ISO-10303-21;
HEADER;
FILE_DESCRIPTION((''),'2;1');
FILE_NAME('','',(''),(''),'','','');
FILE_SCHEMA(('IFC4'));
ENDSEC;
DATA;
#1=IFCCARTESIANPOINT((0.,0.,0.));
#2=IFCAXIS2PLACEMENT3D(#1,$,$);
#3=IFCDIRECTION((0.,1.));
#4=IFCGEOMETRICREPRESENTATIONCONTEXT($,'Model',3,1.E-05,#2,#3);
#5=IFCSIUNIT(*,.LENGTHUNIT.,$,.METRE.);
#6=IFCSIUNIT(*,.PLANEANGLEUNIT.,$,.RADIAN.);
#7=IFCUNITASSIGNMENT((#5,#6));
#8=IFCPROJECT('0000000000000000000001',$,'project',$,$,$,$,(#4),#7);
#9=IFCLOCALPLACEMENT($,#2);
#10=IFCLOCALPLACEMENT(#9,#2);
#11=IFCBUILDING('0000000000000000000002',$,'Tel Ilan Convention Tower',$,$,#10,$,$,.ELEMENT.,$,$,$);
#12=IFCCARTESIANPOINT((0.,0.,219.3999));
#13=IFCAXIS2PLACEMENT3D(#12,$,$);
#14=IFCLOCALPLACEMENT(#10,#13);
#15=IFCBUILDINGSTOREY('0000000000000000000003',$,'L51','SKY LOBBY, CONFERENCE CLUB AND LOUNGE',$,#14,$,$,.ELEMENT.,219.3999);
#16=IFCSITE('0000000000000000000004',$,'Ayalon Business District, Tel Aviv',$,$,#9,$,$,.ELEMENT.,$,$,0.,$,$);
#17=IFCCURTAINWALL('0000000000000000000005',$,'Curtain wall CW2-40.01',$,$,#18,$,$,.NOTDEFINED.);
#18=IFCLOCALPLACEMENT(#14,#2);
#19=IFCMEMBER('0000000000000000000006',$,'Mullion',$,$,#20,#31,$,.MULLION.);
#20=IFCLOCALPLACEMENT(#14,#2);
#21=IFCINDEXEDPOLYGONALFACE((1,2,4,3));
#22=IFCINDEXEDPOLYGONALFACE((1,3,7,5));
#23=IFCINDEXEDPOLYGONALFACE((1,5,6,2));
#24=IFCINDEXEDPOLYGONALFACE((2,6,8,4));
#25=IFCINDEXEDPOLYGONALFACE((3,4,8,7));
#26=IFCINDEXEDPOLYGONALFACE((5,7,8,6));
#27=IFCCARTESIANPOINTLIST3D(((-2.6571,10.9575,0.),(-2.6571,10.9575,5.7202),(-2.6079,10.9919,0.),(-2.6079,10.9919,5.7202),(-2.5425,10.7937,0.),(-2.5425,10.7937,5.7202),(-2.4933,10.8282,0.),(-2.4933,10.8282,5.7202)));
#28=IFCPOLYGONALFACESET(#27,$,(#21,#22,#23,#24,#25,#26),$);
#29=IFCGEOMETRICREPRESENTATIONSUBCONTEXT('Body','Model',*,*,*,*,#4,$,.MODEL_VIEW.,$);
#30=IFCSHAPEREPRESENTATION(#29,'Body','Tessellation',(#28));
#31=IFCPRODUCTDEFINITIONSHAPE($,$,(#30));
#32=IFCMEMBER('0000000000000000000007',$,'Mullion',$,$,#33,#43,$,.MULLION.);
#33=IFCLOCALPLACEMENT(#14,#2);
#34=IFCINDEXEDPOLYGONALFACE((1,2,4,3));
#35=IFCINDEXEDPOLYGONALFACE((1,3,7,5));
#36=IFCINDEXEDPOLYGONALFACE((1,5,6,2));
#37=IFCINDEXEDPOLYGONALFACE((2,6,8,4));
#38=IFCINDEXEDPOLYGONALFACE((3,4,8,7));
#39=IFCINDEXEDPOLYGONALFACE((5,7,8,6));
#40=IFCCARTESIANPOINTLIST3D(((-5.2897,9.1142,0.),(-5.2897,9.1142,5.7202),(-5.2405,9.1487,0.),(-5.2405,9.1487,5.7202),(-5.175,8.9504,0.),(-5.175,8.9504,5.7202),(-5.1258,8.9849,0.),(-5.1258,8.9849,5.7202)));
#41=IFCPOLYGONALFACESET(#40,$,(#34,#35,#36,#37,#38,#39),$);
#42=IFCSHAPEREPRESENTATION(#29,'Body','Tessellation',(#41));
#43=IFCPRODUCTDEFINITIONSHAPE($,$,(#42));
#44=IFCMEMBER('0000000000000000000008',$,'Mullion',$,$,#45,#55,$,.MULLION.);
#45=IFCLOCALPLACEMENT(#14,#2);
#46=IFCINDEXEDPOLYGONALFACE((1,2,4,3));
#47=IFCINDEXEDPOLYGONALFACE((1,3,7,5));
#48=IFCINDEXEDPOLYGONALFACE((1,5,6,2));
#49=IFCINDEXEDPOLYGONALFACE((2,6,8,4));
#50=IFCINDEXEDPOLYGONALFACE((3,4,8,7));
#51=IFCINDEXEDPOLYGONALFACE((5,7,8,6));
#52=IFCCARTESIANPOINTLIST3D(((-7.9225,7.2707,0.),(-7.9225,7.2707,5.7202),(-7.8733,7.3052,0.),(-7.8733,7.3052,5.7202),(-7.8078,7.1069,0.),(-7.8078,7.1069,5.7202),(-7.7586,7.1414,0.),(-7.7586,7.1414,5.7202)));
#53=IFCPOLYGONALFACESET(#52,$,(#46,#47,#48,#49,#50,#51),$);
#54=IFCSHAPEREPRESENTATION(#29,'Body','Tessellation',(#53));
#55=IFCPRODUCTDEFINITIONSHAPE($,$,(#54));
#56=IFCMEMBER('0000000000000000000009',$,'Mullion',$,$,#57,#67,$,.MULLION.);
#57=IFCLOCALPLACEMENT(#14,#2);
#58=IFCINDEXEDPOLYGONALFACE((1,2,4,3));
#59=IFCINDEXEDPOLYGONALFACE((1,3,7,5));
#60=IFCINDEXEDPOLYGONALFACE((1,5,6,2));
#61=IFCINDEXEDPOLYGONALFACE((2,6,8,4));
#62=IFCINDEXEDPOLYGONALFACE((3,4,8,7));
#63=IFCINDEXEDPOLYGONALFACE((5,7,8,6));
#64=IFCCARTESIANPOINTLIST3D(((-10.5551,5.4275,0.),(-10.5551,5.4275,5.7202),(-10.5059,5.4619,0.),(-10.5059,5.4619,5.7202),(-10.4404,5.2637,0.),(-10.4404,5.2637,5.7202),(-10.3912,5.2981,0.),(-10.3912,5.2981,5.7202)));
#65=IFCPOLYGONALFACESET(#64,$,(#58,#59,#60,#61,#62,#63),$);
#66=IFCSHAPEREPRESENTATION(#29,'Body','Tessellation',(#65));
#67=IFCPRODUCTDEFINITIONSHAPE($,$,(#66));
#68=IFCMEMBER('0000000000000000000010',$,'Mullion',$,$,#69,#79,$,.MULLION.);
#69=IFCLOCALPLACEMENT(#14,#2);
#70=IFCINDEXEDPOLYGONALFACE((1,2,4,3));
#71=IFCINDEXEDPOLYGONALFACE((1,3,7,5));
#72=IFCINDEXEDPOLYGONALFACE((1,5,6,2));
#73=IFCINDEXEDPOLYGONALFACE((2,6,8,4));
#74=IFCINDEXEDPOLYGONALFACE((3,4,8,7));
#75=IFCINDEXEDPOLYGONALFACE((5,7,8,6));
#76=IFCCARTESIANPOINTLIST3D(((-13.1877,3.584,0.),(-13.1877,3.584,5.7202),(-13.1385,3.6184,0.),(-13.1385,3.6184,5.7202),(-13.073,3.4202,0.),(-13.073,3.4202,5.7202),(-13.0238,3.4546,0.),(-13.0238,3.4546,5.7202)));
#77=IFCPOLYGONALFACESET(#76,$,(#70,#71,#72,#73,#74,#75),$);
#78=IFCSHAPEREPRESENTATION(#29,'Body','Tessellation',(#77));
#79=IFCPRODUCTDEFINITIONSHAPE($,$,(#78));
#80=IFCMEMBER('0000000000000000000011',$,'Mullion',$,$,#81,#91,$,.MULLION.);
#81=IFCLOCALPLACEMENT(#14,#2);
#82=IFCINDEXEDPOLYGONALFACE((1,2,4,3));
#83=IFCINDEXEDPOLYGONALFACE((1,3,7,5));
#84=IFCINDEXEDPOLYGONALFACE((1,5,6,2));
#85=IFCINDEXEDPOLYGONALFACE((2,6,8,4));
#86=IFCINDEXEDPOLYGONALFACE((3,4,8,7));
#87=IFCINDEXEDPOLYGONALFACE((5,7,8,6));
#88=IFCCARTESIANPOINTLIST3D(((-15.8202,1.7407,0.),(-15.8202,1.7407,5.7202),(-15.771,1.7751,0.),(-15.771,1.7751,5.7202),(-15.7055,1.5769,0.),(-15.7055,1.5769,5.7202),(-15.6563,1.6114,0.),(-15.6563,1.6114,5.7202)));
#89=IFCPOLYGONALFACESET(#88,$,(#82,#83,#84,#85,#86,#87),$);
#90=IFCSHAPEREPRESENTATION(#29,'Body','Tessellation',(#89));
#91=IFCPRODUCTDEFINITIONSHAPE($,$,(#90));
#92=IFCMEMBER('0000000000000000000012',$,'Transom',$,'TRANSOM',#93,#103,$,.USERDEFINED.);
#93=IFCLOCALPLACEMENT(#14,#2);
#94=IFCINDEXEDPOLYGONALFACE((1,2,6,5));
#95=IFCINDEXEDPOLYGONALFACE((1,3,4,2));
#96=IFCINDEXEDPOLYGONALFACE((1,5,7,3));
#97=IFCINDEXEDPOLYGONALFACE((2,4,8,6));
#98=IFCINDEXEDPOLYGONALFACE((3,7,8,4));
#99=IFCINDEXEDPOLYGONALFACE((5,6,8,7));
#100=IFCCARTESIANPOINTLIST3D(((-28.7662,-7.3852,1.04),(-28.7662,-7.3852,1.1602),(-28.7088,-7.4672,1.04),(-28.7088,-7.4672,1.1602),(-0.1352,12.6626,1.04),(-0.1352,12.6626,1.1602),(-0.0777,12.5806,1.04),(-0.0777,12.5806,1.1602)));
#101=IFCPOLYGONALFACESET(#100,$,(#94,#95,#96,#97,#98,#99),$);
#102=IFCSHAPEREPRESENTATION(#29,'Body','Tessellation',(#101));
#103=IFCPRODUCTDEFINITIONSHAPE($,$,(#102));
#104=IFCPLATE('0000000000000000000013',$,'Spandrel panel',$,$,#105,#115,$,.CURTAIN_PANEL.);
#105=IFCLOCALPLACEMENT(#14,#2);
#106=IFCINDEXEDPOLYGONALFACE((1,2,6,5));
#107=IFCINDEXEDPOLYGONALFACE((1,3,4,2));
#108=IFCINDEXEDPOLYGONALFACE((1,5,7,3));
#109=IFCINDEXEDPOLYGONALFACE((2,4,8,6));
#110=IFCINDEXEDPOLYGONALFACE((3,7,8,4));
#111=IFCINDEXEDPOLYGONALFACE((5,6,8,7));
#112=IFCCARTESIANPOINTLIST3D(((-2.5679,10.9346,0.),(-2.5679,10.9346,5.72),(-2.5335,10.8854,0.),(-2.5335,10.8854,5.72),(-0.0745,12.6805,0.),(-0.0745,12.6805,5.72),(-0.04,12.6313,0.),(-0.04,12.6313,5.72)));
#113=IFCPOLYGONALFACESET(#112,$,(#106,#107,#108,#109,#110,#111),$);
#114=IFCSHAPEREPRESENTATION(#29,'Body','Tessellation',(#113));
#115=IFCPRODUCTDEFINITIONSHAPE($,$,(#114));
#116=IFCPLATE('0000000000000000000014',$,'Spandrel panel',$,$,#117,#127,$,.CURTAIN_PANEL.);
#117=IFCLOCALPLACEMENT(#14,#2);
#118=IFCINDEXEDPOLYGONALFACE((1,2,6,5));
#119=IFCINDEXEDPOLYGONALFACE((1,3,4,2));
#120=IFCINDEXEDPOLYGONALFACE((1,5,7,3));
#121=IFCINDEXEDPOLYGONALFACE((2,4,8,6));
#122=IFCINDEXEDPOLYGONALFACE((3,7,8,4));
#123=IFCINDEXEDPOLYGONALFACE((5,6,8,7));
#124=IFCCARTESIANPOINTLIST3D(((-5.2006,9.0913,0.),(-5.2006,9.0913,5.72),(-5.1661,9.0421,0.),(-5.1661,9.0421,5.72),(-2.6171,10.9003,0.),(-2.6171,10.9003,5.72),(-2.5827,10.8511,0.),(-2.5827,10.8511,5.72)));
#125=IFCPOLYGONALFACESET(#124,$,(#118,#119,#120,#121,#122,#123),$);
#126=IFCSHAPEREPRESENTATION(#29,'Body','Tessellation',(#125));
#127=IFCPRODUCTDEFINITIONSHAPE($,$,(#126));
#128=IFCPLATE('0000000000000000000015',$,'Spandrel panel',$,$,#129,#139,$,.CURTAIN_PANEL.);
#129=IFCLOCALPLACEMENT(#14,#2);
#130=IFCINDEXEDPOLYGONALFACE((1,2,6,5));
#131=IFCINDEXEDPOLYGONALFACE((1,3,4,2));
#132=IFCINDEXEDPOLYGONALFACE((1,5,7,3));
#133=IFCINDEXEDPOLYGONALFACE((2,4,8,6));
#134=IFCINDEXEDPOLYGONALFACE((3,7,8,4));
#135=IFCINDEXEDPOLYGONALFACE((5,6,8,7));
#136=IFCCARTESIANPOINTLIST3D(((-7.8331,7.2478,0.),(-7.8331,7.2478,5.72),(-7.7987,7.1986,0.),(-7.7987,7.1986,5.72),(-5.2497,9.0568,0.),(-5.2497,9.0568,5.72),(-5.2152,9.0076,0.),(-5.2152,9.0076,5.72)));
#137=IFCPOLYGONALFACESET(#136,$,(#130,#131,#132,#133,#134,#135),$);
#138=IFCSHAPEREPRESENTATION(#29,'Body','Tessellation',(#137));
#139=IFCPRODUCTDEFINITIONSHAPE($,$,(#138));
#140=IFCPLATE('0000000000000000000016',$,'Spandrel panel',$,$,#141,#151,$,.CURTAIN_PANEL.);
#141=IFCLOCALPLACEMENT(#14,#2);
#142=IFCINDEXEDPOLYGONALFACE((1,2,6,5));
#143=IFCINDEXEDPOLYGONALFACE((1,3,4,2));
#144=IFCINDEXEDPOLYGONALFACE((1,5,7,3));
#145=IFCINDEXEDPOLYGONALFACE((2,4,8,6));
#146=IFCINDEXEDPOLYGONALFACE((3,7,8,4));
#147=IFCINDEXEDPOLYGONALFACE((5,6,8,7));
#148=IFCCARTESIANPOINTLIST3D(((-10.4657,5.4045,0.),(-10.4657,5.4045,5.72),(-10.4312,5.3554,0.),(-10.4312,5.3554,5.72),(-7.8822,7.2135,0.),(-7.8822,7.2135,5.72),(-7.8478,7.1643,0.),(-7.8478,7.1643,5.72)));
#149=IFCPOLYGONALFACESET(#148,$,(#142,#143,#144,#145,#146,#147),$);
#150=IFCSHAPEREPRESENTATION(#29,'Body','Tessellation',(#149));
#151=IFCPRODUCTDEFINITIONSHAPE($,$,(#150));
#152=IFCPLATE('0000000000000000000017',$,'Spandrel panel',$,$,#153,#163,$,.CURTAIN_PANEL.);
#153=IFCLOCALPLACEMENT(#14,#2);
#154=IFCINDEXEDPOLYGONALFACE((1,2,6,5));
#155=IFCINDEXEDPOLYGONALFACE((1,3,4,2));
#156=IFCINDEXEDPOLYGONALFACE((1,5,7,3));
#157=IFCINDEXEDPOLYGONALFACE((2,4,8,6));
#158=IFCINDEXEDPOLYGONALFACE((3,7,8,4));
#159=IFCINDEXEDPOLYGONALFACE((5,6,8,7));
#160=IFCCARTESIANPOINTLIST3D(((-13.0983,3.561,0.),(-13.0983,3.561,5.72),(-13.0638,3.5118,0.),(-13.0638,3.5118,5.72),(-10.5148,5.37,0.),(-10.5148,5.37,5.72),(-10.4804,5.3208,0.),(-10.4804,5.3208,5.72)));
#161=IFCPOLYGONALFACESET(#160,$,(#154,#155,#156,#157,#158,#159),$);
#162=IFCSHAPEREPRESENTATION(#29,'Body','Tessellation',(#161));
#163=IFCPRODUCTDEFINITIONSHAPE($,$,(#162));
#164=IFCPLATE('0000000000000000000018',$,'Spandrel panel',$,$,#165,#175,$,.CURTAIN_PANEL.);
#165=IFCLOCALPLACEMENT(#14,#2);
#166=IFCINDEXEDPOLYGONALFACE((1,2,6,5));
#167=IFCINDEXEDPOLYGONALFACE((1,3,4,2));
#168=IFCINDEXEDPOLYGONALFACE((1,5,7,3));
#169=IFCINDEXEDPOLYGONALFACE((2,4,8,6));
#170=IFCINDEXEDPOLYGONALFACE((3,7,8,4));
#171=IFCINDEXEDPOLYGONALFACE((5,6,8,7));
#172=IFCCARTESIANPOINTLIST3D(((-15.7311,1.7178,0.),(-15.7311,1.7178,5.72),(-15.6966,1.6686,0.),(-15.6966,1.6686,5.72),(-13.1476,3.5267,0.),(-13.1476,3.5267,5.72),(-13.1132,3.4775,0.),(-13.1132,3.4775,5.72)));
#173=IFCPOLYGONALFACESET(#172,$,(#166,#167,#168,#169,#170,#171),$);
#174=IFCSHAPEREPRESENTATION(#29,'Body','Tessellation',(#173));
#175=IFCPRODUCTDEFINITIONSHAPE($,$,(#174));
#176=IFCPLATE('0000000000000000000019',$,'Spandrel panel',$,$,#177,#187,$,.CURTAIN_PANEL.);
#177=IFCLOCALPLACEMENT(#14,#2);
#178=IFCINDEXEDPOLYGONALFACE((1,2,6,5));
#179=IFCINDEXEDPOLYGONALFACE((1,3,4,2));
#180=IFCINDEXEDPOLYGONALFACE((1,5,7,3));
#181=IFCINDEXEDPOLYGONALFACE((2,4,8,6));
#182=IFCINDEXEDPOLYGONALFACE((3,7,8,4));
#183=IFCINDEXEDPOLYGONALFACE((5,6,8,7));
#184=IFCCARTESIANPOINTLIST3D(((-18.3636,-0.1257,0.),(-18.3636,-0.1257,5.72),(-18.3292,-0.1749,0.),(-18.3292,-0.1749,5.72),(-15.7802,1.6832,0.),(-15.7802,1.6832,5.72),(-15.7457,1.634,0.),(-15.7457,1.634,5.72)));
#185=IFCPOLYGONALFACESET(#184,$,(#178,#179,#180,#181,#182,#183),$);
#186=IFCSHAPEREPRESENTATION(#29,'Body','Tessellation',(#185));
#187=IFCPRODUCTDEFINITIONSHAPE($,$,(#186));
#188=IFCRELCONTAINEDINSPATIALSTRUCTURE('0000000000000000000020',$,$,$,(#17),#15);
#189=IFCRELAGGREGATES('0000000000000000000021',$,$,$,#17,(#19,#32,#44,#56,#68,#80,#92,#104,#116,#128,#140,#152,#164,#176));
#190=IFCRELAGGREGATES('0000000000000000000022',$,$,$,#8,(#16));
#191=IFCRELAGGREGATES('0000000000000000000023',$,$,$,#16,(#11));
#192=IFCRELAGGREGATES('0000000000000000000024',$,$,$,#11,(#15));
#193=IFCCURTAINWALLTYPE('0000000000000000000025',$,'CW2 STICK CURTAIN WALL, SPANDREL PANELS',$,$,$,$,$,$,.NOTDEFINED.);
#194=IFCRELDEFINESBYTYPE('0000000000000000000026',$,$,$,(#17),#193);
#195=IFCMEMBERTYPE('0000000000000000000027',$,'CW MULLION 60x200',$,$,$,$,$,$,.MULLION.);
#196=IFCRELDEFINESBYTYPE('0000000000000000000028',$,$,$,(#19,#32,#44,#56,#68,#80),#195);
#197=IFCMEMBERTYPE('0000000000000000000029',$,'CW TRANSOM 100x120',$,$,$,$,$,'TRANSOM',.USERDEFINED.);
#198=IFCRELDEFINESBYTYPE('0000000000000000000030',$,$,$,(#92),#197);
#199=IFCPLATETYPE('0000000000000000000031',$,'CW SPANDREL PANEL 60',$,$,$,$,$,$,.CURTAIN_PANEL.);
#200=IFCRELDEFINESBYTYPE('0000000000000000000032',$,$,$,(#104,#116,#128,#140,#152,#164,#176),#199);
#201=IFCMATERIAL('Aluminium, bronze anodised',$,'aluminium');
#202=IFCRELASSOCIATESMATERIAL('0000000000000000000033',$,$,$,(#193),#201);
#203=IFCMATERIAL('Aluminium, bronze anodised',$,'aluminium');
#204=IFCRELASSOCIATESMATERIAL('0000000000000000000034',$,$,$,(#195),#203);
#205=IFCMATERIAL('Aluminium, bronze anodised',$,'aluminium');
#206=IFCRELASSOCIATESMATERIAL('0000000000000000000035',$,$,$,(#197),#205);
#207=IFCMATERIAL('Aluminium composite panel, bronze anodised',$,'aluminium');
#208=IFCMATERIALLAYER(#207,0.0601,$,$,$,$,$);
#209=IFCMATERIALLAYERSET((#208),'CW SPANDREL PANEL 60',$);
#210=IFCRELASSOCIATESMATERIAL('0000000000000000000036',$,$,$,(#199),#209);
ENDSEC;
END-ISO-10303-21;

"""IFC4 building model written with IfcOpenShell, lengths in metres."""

from ifc_helpers import new_model, si_unit, direction, frame, origin, origin_2d, place, context, subcontext, project, spatial, rectangle, extrude, material, layer, layer_set, material_profile, profile_set, type_object, element, aggregate, save


model = new_model("IFC4")

# Units and contexts
model_context = context("Model", 3, precision=1e-05, world=origin(), true_north=direction((0.0, 1.0)))
body_context = subcontext(model_context, "Body", "Model", "MODEL_VIEW")
ifc_project = project(units=[si_unit("LENGTHUNIT", "METRE"), si_unit("PLANEANGLEUNIT", "RADIAN")], contexts=[model_context])

# Site, building, storey
site_placement = place(None, origin())
site = spatial("IfcSite", under=ifc_project, at=site_placement, Name="Ayalon Business District, Tel Aviv", CompositionType="ELEMENT", RefElevation=0.0)
building_placement = place(site_placement, origin())
building = spatial("IfcBuilding", under=site, at=building_placement, Name="Tel Ilan Convention Tower", CompositionType="ELEMENT")
storey_placement = place(building_placement, frame((0.0, 0.0, 219.3999)))
storey = spatial("IfcBuildingStorey", under=building, at=storey_placement, Name="L51", Description="SKY LOBBY, CONFERENCE CLUB AND LOUNGE", CompositionType="ELEMENT", Elevation=219.3999)

# Curtain wall, members, plates
ifc_material_1 = material(Name="Aluminium, bronze anodised", Category="aluminium")
curtain_wall_type = type_object("IfcCurtainWallType", Name="CW2 STICK CURTAIN WALL, SPANDREL PANELS", PredefinedType="NOTDEFINED", material=ifc_material_1)
curtain_wall_placement = place(storey_placement, origin())
curtain_wall = element("IfcCurtainWall", 1, at=curtain_wall_placement, inside=storey, type_object=curtain_wall_type, Name="Curtain wall CW2-40.01", PredefinedType="NOTDEFINED")
ifc_material_2 = material(Name="Aluminium, bronze anodised", Category="aluminium")
ifc_material_profile_1 = material_profile(ifc_material_2, rectangle(XDim=0.0601, YDim=0.2, at=origin_2d()), Name="CW MULLION 60x200")
ifc_profile_set_1 = profile_set([ifc_material_profile_1], Name="Aluminium, bronze anodised")
member_type_1 = type_object("IfcMemberType", Name="CW MULLION 60x200", PredefinedType="MULLION", material=ifc_profile_set_1)
member_1_placement = place(storey_placement, frame((-2.5752, 10.8928, 0.0), z_axis=(0.0, 0.0, 1.0), x_axis=(-0.819152, -0.573576, 0.0)))
member_1 = element("IfcMember", 2, at=member_1_placement, type_object=member_type_1, Name="Mullion", PredefinedType="MULLION", context=body_context, shape_type="SweptSolid", body=[
    extrude(rectangle(XDim=0.0601, YDim=0.2, at=origin_2d()), origin(), (0.0, 0.0, 1.0), 5.7202),
])
member_2_placement = place(storey_placement, frame((-5.2078, 9.0496, 0.0), z_axis=(0.0, 0.0, 1.0), x_axis=(-0.819152, -0.573576, 0.0)))
member_2 = element("IfcMember", 3, at=member_2_placement, type_object=member_type_1, Name="Mullion", PredefinedType="MULLION", context=body_context, shape_type="SweptSolid", body=[
    extrude(rectangle(XDim=0.0601, YDim=0.2, at=origin_2d()), origin(), (0.0, 0.0, 1.0), 5.7202),
])
member_3_placement = place(storey_placement, frame((-7.8406, 7.2061, 0.0), z_axis=(0.0, 0.0, 1.0), x_axis=(-0.819152, -0.573576, 0.0)))
member_3 = element("IfcMember", 4, at=member_3_placement, type_object=member_type_1, Name="Mullion", PredefinedType="MULLION", context=body_context, shape_type="SweptSolid", body=[
    extrude(rectangle(XDim=0.0601, YDim=0.2, at=origin_2d()), origin(), (0.0, 0.0, 1.0), 5.7202),
])
member_4_placement = place(storey_placement, frame((-10.4731, 5.3628, 0.0), z_axis=(0.0, 0.0, 1.0), x_axis=(-0.819152, -0.573576, 0.0)))
member_4 = element("IfcMember", 5, at=member_4_placement, type_object=member_type_1, Name="Mullion", PredefinedType="MULLION", context=body_context, shape_type="SweptSolid", body=[
    extrude(rectangle(XDim=0.0601, YDim=0.2, at=origin_2d()), origin(), (0.0, 0.0, 1.0), 5.7202),
])
member_5_placement = place(storey_placement, frame((-13.1057, 3.5193, 0.0), z_axis=(0.0, 0.0, 1.0), x_axis=(-0.819152, -0.573576, 0.0)))
member_5 = element("IfcMember", 6, at=member_5_placement, type_object=member_type_1, Name="Mullion", PredefinedType="MULLION", context=body_context, shape_type="SweptSolid", body=[
    extrude(rectangle(XDim=0.0601, YDim=0.2, at=origin_2d()), origin(), (0.0, 0.0, 1.0), 5.7202),
])
member_6_placement = place(storey_placement, frame((-15.7383, 1.676, 0.0), z_axis=(0.0, 0.0, 1.0), x_axis=(-0.819152, -0.573576, 0.0)))
member_6 = element("IfcMember", 7, at=member_6_placement, type_object=member_type_1, Name="Mullion", PredefinedType="MULLION", context=body_context, shape_type="SweptSolid", body=[
    extrude(rectangle(XDim=0.0601, YDim=0.2, at=origin_2d()), origin(), (0.0, 0.0, 1.0), 5.7202),
])
ifc_material_3 = material(Name="Aluminium, bronze anodised", Category="aluminium")
ifc_material_profile_2 = material_profile(ifc_material_3, rectangle(XDim=0.1001, YDim=0.1201, at=origin_2d()), Name="CW TRANSOM 100x120")
ifc_profile_set_2 = profile_set([ifc_material_profile_2], Name="Aluminium, bronze anodised")
member_type_2 = type_object("IfcMemberType", Name="CW TRANSOM 100x120", ElementType="TRANSOM", PredefinedType="USERDEFINED", material=ifc_profile_set_2)
member_7_placement = place(storey_placement, frame((-0.1064, 12.6216, 1.1001), z_axis=(-0.81915, -0.573579, 0.0), x_axis=(0.573579, -0.81915, 0.0)))
member_7 = element("IfcMember", 8, at=member_7_placement, type_object=member_type_2, Name="Transom", ObjectType="TRANSOM", PredefinedType="USERDEFINED", context=body_context, shape_type="SweptSolid", body=[
    extrude(rectangle(XDim=0.1001, YDim=0.1201, at=origin_2d()), origin(), (0.0, 0.0, 1.0), 34.9521),
])
ifc_material_4 = material(Name="Aluminium composite panel, bronze anodised", Category="aluminium")
ifc_layer_1 = layer(ifc_material_4, 0.0601)
ifc_layer_set_1 = layer_set([ifc_layer_1], Name="CW SPANDREL PANEL 60")
plate_type = type_object("IfcPlateType", Name="CW SPANDREL PANEL 60", PredefinedType="CURTAIN_PANEL", material=ifc_layer_set_1)
plate_1_placement = place(storey_placement, frame((-1.304, 11.783, 0.0), z_axis=(0.0, 0.0, 1.0), x_axis=(-0.819152, -0.573576, 0.0)))
plate_1 = element("IfcPlate", 9, at=plate_1_placement, type_object=plate_type, Name="Spandrel panel", PredefinedType="CURTAIN_PANEL", context=body_context, shape_type="SweptSolid", body=[
    extrude(rectangle(XDim=3.0439, YDim=0.0601, at=origin_2d()), origin(), (0.0, 0.0, 1.0), 5.72),
])
plate_2_placement = place(storey_placement, frame((-3.8916, 9.9712, 0.0), z_axis=(0.0, 0.0, 1.0), x_axis=(-0.819152, -0.573576, 0.0)))
plate_2 = element("IfcPlate", 10, at=plate_2_placement, type_object=plate_type, Name="Spandrel panel", PredefinedType="CURTAIN_PANEL", context=body_context, shape_type="SweptSolid", body=[
    extrude(rectangle(XDim=3.1538, YDim=0.0601, at=origin_2d()), origin(), (0.0, 0.0, 1.0), 5.72),
])
plate_3_placement = place(storey_placement, frame((-6.5242, 8.1277, 0.0), z_axis=(0.0, 0.0, 1.0), x_axis=(-0.819152, -0.573576, 0.0)))
plate_3 = element("IfcPlate", 11, at=plate_3_placement, type_object=plate_type, Name="Spandrel panel", PredefinedType="CURTAIN_PANEL", context=body_context, shape_type="SweptSolid", body=[
    extrude(rectangle(XDim=3.1538, YDim=0.0601, at=origin_2d()), origin(), (0.0, 0.0, 1.0), 5.72),
])
plate_4_placement = place(storey_placement, frame((-9.1567, 6.2844, 0.0), z_axis=(0.0, 0.0, 1.0), x_axis=(-0.819152, -0.573576, 0.0)))
plate_4 = element("IfcPlate", 12, at=plate_4_placement, type_object=plate_type, Name="Spandrel panel", PredefinedType="CURTAIN_PANEL", context=body_context, shape_type="SweptSolid", body=[
    extrude(rectangle(XDim=3.1538, YDim=0.0601, at=origin_2d()), origin(), (0.0, 0.0, 1.0), 5.72),
])
plate_5_placement = place(storey_placement, frame((-11.7893, 4.4409, 0.0), z_axis=(0.0, 0.0, 1.0), x_axis=(-0.819152, -0.573576, 0.0)))
plate_5 = element("IfcPlate", 13, at=plate_5_placement, type_object=plate_type, Name="Spandrel panel", PredefinedType="CURTAIN_PANEL", context=body_context, shape_type="SweptSolid", body=[
    extrude(rectangle(XDim=3.1538, YDim=0.0601, at=origin_2d()), origin(), (0.0, 0.0, 1.0), 5.72),
])
plate_6_placement = place(storey_placement, frame((-14.4221, 2.5977, 0.0), z_axis=(0.0, 0.0, 1.0), x_axis=(-0.819152, -0.573576, 0.0)))
plate_6 = element("IfcPlate", 14, at=plate_6_placement, type_object=plate_type, Name="Spandrel panel", PredefinedType="CURTAIN_PANEL", context=body_context, shape_type="SweptSolid", body=[
    extrude(rectangle(XDim=3.1538, YDim=0.0601, at=origin_2d()), origin(), (0.0, 0.0, 1.0), 5.72),
])
plate_7_placement = place(storey_placement, frame((-17.0547, 0.7542, 0.0), z_axis=(0.0, 0.0, 1.0), x_axis=(-0.819152, -0.573576, 0.0)))
plate_7 = element("IfcPlate", 15, at=plate_7_placement, type_object=plate_type, Name="Spandrel panel", PredefinedType="CURTAIN_PANEL", context=body_context, shape_type="SweptSolid", body=[
    extrude(rectangle(XDim=3.1538, YDim=0.0601, at=origin_2d()), origin(), (0.0, 0.0, 1.0), 5.72),
])
aggregate(curtain_wall, [member_1, member_2, member_3, member_4, member_5, member_6, member_7, plate_1, plate_2, plate_3, plate_4, plate_5, plate_6, plate_7])

save(model, "model.ifc")
